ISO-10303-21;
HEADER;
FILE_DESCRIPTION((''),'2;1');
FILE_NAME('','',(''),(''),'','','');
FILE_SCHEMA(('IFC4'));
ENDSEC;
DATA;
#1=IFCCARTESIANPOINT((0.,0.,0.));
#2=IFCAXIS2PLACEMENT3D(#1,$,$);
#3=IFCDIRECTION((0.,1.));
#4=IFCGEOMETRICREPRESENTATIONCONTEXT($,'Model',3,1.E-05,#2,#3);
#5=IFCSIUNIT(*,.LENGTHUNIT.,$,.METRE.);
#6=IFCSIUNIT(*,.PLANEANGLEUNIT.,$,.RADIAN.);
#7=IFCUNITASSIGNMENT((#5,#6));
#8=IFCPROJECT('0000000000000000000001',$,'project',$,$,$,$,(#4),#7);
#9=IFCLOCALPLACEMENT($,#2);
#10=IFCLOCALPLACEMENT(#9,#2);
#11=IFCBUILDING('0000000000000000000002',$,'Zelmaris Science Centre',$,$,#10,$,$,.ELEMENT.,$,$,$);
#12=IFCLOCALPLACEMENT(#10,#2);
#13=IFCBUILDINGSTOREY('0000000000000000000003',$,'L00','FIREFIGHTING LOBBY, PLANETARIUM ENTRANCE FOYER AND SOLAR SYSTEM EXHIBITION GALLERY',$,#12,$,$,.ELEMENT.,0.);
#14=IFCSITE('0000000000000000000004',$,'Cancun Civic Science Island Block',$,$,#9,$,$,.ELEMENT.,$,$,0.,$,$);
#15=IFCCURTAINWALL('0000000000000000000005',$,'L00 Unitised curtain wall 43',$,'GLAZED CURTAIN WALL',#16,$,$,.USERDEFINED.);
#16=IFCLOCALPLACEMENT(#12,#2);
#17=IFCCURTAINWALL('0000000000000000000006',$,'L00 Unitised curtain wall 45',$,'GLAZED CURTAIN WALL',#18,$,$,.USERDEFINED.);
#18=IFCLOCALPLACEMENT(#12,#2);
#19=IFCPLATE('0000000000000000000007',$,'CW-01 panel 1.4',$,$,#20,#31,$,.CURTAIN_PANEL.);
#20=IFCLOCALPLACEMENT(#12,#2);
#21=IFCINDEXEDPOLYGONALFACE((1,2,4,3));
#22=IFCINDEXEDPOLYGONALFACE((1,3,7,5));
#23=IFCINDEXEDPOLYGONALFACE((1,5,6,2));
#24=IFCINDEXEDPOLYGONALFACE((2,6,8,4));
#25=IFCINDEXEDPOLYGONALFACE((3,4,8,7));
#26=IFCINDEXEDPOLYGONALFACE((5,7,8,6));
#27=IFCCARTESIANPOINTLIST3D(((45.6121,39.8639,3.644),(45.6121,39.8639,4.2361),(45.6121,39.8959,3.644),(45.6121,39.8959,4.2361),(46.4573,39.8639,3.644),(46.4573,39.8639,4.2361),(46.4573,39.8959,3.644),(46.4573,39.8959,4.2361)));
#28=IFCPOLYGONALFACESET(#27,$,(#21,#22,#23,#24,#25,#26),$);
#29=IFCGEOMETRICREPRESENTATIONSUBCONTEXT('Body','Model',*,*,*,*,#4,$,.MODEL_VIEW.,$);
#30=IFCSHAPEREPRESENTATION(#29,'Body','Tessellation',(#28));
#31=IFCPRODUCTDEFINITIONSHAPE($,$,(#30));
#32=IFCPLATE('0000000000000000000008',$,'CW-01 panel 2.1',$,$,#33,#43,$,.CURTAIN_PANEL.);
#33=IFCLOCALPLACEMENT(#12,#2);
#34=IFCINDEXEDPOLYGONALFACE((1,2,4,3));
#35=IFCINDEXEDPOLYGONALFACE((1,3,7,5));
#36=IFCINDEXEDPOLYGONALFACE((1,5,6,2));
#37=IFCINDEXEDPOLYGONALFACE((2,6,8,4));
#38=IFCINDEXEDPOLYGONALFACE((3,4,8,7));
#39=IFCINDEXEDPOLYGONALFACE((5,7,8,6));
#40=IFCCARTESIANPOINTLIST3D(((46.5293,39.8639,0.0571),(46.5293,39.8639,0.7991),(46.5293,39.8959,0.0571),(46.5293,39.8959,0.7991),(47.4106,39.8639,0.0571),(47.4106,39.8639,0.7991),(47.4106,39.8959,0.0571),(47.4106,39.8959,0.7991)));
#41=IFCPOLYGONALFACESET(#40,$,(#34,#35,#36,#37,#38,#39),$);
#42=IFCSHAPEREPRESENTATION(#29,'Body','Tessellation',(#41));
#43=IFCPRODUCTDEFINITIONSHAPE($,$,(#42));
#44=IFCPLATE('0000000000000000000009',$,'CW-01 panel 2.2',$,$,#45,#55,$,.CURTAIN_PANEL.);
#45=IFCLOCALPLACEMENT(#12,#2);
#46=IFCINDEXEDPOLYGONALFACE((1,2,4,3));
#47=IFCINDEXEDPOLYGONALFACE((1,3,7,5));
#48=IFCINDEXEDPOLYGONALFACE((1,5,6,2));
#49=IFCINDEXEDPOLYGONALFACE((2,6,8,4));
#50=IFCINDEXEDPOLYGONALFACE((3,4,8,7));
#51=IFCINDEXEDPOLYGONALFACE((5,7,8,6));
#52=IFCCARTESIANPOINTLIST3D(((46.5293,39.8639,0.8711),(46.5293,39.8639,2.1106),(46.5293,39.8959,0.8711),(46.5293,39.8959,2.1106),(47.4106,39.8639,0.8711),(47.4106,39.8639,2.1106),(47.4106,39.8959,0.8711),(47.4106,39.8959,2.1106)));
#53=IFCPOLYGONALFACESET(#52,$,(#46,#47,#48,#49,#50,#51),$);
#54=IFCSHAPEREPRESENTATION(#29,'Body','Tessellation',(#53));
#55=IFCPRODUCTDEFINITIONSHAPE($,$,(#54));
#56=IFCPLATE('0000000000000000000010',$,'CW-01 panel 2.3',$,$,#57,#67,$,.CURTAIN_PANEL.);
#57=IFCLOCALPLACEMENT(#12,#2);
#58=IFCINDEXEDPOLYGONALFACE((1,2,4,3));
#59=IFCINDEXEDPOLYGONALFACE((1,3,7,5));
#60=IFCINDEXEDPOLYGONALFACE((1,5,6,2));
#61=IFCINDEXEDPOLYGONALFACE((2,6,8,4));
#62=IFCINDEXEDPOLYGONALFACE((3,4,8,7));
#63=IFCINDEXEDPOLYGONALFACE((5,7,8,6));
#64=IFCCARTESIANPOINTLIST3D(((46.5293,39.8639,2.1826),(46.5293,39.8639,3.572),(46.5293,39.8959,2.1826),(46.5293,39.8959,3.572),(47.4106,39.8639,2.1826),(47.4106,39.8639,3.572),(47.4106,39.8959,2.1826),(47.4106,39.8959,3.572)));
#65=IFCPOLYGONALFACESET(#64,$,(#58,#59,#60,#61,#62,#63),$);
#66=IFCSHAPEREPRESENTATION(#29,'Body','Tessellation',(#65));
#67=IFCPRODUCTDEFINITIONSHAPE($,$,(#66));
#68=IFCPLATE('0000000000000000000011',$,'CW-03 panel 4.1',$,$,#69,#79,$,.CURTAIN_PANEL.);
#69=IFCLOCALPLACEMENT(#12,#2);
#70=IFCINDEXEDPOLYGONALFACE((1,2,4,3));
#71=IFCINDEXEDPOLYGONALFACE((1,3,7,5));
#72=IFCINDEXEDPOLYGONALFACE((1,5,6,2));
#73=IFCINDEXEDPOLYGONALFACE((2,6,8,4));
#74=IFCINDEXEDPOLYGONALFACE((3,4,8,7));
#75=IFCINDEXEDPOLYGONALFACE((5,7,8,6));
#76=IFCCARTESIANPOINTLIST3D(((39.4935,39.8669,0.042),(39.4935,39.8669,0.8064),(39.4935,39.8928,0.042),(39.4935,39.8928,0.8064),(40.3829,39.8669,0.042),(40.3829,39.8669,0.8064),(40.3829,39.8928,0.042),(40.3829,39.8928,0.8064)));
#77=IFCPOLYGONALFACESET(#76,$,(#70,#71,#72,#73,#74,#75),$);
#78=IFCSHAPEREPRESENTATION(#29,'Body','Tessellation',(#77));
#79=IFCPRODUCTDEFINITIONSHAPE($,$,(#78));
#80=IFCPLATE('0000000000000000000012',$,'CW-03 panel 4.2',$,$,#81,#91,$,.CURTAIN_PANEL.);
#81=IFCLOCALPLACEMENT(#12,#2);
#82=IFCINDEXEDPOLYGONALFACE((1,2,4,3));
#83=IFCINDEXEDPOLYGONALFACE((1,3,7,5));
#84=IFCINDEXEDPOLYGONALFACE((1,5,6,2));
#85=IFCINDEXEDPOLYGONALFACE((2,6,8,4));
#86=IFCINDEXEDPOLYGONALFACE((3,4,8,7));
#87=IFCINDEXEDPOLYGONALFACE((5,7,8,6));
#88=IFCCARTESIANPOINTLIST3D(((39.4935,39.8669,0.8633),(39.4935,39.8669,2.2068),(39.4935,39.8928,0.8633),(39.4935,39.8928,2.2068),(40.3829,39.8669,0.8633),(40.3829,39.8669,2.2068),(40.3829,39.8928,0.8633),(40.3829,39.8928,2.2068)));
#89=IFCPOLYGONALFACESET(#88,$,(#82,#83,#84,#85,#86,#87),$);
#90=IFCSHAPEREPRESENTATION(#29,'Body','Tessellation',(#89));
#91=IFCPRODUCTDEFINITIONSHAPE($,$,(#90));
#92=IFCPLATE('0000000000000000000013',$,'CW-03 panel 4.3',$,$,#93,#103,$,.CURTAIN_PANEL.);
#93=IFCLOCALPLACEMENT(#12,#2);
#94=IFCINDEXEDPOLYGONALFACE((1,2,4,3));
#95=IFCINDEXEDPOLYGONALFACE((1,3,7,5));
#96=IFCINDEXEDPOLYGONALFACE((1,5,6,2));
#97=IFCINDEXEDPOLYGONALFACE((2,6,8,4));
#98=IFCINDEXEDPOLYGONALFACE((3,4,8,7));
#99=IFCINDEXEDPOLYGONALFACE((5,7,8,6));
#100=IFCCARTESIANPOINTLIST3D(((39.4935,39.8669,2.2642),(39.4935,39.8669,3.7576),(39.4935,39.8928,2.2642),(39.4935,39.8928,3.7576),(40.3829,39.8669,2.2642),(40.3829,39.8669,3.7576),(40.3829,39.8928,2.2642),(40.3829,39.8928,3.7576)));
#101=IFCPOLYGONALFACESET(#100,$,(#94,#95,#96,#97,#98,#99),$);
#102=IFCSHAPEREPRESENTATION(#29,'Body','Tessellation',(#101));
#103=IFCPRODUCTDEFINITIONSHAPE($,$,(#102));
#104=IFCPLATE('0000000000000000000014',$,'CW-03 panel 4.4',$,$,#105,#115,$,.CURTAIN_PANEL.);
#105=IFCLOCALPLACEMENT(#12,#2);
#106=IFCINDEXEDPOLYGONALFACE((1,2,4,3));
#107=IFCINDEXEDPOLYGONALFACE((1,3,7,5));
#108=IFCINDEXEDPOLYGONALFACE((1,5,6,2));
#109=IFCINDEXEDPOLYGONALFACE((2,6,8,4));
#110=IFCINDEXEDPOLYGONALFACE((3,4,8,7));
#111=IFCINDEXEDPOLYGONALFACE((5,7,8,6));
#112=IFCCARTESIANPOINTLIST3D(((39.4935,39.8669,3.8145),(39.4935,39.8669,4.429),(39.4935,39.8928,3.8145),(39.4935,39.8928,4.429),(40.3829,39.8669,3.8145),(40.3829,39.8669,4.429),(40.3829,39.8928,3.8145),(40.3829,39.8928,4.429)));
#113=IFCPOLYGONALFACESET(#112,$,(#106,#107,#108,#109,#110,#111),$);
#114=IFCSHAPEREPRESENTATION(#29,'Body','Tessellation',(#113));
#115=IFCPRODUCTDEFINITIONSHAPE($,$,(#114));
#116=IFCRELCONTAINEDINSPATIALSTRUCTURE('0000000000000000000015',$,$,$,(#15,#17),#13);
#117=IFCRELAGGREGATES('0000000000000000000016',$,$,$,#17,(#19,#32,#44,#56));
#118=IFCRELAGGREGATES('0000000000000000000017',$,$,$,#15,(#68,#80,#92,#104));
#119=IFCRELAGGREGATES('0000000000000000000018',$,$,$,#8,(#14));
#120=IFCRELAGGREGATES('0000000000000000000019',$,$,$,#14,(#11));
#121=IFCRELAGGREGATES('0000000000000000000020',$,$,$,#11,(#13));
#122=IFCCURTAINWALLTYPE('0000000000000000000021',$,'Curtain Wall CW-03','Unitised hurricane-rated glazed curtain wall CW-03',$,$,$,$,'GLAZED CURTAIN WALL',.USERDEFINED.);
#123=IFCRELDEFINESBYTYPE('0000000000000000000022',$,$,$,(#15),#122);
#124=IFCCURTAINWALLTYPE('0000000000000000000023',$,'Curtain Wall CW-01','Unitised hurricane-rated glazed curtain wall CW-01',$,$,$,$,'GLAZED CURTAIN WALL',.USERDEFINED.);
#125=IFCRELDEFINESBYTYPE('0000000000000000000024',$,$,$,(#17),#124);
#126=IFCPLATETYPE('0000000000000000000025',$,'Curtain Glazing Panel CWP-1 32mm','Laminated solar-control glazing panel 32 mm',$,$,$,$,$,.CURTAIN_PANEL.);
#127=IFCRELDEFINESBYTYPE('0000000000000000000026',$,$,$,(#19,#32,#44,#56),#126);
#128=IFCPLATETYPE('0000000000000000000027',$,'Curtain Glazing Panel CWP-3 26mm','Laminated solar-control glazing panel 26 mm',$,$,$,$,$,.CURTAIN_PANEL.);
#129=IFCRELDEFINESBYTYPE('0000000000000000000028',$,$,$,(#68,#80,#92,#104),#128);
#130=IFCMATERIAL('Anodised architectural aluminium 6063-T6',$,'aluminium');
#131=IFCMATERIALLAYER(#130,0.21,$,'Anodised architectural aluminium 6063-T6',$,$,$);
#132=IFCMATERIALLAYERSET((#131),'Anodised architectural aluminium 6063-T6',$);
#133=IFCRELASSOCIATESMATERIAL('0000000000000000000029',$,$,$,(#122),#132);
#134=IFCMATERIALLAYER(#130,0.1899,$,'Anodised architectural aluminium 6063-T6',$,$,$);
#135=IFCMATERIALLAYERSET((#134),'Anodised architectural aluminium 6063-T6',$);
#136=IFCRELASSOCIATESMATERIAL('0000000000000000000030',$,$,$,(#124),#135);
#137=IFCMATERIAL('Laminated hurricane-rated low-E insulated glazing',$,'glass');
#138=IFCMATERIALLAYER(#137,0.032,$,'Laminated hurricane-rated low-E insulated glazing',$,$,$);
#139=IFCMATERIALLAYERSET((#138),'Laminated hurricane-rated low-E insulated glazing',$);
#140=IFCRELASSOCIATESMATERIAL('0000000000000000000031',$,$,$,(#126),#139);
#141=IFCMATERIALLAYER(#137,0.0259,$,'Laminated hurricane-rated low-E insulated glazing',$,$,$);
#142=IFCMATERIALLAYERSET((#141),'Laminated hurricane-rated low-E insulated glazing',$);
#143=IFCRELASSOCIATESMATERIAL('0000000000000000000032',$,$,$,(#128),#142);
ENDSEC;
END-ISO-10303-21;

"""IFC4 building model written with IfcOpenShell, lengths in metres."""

from ifc_helpers import new_model, si_unit, direction, frame, origin, origin_2d, place, context, subcontext, project, spatial, rectangle, extrude, material, layer, layer_set, type_object, element, aggregate, save


model = new_model("IFC4")

# Units and contexts
model_context = context("Model", 3, precision=1e-05, world=origin(), true_north=direction((0.0, 1.0)))
body_context = subcontext(model_context, "Body", "Model", "MODEL_VIEW")
ifc_project = project(units=[si_unit("LENGTHUNIT", "METRE"), si_unit("PLANEANGLEUNIT", "RADIAN")], contexts=[model_context])

# Site, building, storey
site_placement = place(None, origin())
site = spatial("IfcSite", under=ifc_project, at=site_placement, Name="Cancun Civic Science Island Block", CompositionType="ELEMENT", RefElevation=0.0)
building_placement = place(site_placement, origin())
building = spatial("IfcBuilding", under=site, at=building_placement, Name="Zelmaris Science Centre", CompositionType="ELEMENT")
storey_placement = place(building_placement, origin())
storey = spatial("IfcBuildingStorey", under=building, at=storey_placement, Name="L00", Description="FIREFIGHTING LOBBY, PLANETARIUM ENTRANCE FOYER AND SOLAR SYSTEM EXHIBITION GALLERY", CompositionType="ELEMENT", Elevation=0.0)

# Curtain wall
ifc_material_1 = material(Name="Anodised architectural aluminium 6063-T6", Category="aluminium")
ifc_layer_1 = layer(ifc_material_1, 0.21, Name="Anodised architectural aluminium 6063-T6")
ifc_layer_set_1 = layer_set([ifc_layer_1], Name="Anodised architectural aluminium 6063-T6")
curtain_wall_type_1 = type_object("IfcCurtainWallType", Name="Curtain Wall CW-03", Description="Unitised hurricane-rated glazed curtain wall CW-03", ElementType="GLAZED CURTAIN WALL", PredefinedType="USERDEFINED", material=ifc_layer_set_1)
curtain_wall_1_placement = place(storey_placement, origin())
curtain_wall_1 = element("IfcCurtainWall", 1, at=curtain_wall_1_placement, inside=storey, type_object=curtain_wall_type_1, Name="L00 Unitised curtain wall 43", ObjectType="GLAZED CURTAIN WALL", PredefinedType="USERDEFINED")
ifc_layer_2 = layer(ifc_material_1, 0.1899, Name="Anodised architectural aluminium 6063-T6")
ifc_layer_set_2 = layer_set([ifc_layer_2], Name="Anodised architectural aluminium 6063-T6")
curtain_wall_type_2 = type_object("IfcCurtainWallType", Name="Curtain Wall CW-01", Description="Unitised hurricane-rated glazed curtain wall CW-01", ElementType="GLAZED CURTAIN WALL", PredefinedType="USERDEFINED", material=ifc_layer_set_2)

# Curtain wall
curtain_wall_2_placement = place(storey_placement, origin())
curtain_wall_2 = element("IfcCurtainWall", 2, at=curtain_wall_2_placement, inside=storey, type_object=curtain_wall_type_2, Name="L00 Unitised curtain wall 45", ObjectType="GLAZED CURTAIN WALL", PredefinedType="USERDEFINED")

# Plates
ifc_material_2 = material(Name="Laminated hurricane-rated low-E insulated glazing", Category="glass")
ifc_layer_3 = layer(ifc_material_2, 0.032, Name="Laminated hurricane-rated low-E insulated glazing")
ifc_layer_set_3 = layer_set([ifc_layer_3], Name="Laminated hurricane-rated low-E insulated glazing")
plate_type_1 = type_object("IfcPlateType", Name="Curtain Glazing Panel CWP-1 32mm", Description="Laminated solar-control glazing panel 32 mm", PredefinedType="CURTAIN_PANEL", material=ifc_layer_set_3)
plate_1_placement = place(storey_placement, frame((46.0347, 39.8799, 3.644), z_axis=(0.0, 0.0, 1.0), x_axis=(1.0, -0.000017, 0.0)))
plate_1 = element("IfcPlate", 3, at=plate_1_placement, type_object=plate_type_1, Name="CW-01 panel 1.4", PredefinedType="CURTAIN_PANEL", context=body_context, shape_type="SweptSolid", body=[
    extrude(rectangle(XDim=0.8452, YDim=0.032, at=origin_2d()), origin(), (0.0, 0.0, 1.0), 0.592),
])
plate_2_placement = place(storey_placement, frame((46.97, 39.8799, 0.0571), z_axis=(0.0, 0.0, 1.0), x_axis=(1.0, -0.000017, 0.0)))
plate_2 = element("IfcPlate", 4, at=plate_2_placement, type_object=plate_type_1, Name="CW-01 panel 2.1", PredefinedType="CURTAIN_PANEL", context=body_context, shape_type="SweptSolid", body=[
    extrude(rectangle(XDim=0.8813, YDim=0.032, at=origin_2d()), origin(), (0.0, 0.0, 1.0), 0.7419),
])
plate_3_placement = place(storey_placement, frame((46.97, 39.8799, 0.8711), z_axis=(0.0, 0.0, 1.0), x_axis=(1.0, -0.000017, 0.0)))
plate_3 = element("IfcPlate", 5, at=plate_3_placement, type_object=plate_type_1, Name="CW-01 panel 2.2", PredefinedType="CURTAIN_PANEL", context=body_context, shape_type="SweptSolid", body=[
    extrude(rectangle(XDim=0.8813, YDim=0.032, at=origin_2d()), origin(), (0.0, 0.0, 1.0), 1.2395),
])
plate_4_placement = place(storey_placement, frame((46.97, 39.8799, 2.1826), z_axis=(0.0, 0.0, 1.0), x_axis=(1.0, -0.000017, 0.0)))
plate_4 = element("IfcPlate", 6, at=plate_4_placement, type_object=plate_type_1, Name="CW-01 panel 2.3", PredefinedType="CURTAIN_PANEL", context=body_context, shape_type="SweptSolid", body=[
    extrude(rectangle(XDim=0.8813, YDim=0.032, at=origin_2d()), origin(), (0.0, 0.0, 1.0), 1.3894),
])
aggregate(curtain_wall_2, [plate_1, plate_2, plate_3, plate_4])
ifc_layer_4 = layer(ifc_material_2, 0.0259, Name="Laminated hurricane-rated low-E insulated glazing")
ifc_layer_set_4 = layer_set([ifc_layer_4], Name="Laminated hurricane-rated low-E insulated glazing")
plate_type_2 = type_object("IfcPlateType", Name="Curtain Glazing Panel CWP-3 26mm", Description="Laminated solar-control glazing panel 26 mm", PredefinedType="CURTAIN_PANEL", material=ifc_layer_set_4)
plate_5_placement = place(storey_placement, frame((39.9382, 39.8799, 0.042), z_axis=(0.0, 0.0, 1.0), x_axis=(1.0, 0.0, 0.0)))
plate_5 = element("IfcPlate", 7, at=plate_5_placement, type_object=plate_type_2, Name="CW-03 panel 4.1", PredefinedType="CURTAIN_PANEL", context=body_context, shape_type="SweptSolid", body=[
    extrude(rectangle(XDim=0.8894, YDim=0.0259, at=origin_2d()), origin(), (0.0, 0.0, 1.0), 0.7644),
])
plate_6_placement = place(storey_placement, frame((39.9382, 39.8799, 0.8633), z_axis=(0.0, 0.0, 1.0), x_axis=(1.0, 0.0, 0.0)))
plate_6 = element("IfcPlate", 8, at=plate_6_placement, type_object=plate_type_2, Name="CW-03 panel 4.2", PredefinedType="CURTAIN_PANEL", context=body_context, shape_type="SweptSolid", body=[
    extrude(rectangle(XDim=0.8894, YDim=0.0259, at=origin_2d()), origin(), (0.0, 0.0, 1.0), 1.3435),
])
plate_7_placement = place(storey_placement, frame((39.9382, 39.8799, 2.2642), z_axis=(0.0, 0.0, 1.0), x_axis=(1.0, 0.0, 0.0)))
plate_7 = element("IfcPlate", 9, at=plate_7_placement, type_object=plate_type_2, Name="CW-03 panel 4.3", PredefinedType="CURTAIN_PANEL", context=body_context, shape_type="SweptSolid", body=[
    extrude(rectangle(XDim=0.8894, YDim=0.0259, at=origin_2d()), origin(), (0.0, 0.0, 1.0), 1.4934),
])
plate_8_placement = place(storey_placement, frame((39.9382, 39.8799, 3.8145), z_axis=(0.0, 0.0, 1.0), x_axis=(1.0, 0.0, 0.0)))
plate_8 = element("IfcPlate", 10, at=plate_8_placement, type_object=plate_type_2, Name="CW-03 panel 4.4", PredefinedType="CURTAIN_PANEL", context=body_context, shape_type="SweptSolid", body=[
    extrude(rectangle(XDim=0.8894, YDim=0.0259, at=origin_2d()), origin(), (0.0, 0.0, 1.0), 0.6145),
])
aggregate(curtain_wall_1, [plate_5, plate_6, plate_7, plate_8])

save(model, "model.ifc")
